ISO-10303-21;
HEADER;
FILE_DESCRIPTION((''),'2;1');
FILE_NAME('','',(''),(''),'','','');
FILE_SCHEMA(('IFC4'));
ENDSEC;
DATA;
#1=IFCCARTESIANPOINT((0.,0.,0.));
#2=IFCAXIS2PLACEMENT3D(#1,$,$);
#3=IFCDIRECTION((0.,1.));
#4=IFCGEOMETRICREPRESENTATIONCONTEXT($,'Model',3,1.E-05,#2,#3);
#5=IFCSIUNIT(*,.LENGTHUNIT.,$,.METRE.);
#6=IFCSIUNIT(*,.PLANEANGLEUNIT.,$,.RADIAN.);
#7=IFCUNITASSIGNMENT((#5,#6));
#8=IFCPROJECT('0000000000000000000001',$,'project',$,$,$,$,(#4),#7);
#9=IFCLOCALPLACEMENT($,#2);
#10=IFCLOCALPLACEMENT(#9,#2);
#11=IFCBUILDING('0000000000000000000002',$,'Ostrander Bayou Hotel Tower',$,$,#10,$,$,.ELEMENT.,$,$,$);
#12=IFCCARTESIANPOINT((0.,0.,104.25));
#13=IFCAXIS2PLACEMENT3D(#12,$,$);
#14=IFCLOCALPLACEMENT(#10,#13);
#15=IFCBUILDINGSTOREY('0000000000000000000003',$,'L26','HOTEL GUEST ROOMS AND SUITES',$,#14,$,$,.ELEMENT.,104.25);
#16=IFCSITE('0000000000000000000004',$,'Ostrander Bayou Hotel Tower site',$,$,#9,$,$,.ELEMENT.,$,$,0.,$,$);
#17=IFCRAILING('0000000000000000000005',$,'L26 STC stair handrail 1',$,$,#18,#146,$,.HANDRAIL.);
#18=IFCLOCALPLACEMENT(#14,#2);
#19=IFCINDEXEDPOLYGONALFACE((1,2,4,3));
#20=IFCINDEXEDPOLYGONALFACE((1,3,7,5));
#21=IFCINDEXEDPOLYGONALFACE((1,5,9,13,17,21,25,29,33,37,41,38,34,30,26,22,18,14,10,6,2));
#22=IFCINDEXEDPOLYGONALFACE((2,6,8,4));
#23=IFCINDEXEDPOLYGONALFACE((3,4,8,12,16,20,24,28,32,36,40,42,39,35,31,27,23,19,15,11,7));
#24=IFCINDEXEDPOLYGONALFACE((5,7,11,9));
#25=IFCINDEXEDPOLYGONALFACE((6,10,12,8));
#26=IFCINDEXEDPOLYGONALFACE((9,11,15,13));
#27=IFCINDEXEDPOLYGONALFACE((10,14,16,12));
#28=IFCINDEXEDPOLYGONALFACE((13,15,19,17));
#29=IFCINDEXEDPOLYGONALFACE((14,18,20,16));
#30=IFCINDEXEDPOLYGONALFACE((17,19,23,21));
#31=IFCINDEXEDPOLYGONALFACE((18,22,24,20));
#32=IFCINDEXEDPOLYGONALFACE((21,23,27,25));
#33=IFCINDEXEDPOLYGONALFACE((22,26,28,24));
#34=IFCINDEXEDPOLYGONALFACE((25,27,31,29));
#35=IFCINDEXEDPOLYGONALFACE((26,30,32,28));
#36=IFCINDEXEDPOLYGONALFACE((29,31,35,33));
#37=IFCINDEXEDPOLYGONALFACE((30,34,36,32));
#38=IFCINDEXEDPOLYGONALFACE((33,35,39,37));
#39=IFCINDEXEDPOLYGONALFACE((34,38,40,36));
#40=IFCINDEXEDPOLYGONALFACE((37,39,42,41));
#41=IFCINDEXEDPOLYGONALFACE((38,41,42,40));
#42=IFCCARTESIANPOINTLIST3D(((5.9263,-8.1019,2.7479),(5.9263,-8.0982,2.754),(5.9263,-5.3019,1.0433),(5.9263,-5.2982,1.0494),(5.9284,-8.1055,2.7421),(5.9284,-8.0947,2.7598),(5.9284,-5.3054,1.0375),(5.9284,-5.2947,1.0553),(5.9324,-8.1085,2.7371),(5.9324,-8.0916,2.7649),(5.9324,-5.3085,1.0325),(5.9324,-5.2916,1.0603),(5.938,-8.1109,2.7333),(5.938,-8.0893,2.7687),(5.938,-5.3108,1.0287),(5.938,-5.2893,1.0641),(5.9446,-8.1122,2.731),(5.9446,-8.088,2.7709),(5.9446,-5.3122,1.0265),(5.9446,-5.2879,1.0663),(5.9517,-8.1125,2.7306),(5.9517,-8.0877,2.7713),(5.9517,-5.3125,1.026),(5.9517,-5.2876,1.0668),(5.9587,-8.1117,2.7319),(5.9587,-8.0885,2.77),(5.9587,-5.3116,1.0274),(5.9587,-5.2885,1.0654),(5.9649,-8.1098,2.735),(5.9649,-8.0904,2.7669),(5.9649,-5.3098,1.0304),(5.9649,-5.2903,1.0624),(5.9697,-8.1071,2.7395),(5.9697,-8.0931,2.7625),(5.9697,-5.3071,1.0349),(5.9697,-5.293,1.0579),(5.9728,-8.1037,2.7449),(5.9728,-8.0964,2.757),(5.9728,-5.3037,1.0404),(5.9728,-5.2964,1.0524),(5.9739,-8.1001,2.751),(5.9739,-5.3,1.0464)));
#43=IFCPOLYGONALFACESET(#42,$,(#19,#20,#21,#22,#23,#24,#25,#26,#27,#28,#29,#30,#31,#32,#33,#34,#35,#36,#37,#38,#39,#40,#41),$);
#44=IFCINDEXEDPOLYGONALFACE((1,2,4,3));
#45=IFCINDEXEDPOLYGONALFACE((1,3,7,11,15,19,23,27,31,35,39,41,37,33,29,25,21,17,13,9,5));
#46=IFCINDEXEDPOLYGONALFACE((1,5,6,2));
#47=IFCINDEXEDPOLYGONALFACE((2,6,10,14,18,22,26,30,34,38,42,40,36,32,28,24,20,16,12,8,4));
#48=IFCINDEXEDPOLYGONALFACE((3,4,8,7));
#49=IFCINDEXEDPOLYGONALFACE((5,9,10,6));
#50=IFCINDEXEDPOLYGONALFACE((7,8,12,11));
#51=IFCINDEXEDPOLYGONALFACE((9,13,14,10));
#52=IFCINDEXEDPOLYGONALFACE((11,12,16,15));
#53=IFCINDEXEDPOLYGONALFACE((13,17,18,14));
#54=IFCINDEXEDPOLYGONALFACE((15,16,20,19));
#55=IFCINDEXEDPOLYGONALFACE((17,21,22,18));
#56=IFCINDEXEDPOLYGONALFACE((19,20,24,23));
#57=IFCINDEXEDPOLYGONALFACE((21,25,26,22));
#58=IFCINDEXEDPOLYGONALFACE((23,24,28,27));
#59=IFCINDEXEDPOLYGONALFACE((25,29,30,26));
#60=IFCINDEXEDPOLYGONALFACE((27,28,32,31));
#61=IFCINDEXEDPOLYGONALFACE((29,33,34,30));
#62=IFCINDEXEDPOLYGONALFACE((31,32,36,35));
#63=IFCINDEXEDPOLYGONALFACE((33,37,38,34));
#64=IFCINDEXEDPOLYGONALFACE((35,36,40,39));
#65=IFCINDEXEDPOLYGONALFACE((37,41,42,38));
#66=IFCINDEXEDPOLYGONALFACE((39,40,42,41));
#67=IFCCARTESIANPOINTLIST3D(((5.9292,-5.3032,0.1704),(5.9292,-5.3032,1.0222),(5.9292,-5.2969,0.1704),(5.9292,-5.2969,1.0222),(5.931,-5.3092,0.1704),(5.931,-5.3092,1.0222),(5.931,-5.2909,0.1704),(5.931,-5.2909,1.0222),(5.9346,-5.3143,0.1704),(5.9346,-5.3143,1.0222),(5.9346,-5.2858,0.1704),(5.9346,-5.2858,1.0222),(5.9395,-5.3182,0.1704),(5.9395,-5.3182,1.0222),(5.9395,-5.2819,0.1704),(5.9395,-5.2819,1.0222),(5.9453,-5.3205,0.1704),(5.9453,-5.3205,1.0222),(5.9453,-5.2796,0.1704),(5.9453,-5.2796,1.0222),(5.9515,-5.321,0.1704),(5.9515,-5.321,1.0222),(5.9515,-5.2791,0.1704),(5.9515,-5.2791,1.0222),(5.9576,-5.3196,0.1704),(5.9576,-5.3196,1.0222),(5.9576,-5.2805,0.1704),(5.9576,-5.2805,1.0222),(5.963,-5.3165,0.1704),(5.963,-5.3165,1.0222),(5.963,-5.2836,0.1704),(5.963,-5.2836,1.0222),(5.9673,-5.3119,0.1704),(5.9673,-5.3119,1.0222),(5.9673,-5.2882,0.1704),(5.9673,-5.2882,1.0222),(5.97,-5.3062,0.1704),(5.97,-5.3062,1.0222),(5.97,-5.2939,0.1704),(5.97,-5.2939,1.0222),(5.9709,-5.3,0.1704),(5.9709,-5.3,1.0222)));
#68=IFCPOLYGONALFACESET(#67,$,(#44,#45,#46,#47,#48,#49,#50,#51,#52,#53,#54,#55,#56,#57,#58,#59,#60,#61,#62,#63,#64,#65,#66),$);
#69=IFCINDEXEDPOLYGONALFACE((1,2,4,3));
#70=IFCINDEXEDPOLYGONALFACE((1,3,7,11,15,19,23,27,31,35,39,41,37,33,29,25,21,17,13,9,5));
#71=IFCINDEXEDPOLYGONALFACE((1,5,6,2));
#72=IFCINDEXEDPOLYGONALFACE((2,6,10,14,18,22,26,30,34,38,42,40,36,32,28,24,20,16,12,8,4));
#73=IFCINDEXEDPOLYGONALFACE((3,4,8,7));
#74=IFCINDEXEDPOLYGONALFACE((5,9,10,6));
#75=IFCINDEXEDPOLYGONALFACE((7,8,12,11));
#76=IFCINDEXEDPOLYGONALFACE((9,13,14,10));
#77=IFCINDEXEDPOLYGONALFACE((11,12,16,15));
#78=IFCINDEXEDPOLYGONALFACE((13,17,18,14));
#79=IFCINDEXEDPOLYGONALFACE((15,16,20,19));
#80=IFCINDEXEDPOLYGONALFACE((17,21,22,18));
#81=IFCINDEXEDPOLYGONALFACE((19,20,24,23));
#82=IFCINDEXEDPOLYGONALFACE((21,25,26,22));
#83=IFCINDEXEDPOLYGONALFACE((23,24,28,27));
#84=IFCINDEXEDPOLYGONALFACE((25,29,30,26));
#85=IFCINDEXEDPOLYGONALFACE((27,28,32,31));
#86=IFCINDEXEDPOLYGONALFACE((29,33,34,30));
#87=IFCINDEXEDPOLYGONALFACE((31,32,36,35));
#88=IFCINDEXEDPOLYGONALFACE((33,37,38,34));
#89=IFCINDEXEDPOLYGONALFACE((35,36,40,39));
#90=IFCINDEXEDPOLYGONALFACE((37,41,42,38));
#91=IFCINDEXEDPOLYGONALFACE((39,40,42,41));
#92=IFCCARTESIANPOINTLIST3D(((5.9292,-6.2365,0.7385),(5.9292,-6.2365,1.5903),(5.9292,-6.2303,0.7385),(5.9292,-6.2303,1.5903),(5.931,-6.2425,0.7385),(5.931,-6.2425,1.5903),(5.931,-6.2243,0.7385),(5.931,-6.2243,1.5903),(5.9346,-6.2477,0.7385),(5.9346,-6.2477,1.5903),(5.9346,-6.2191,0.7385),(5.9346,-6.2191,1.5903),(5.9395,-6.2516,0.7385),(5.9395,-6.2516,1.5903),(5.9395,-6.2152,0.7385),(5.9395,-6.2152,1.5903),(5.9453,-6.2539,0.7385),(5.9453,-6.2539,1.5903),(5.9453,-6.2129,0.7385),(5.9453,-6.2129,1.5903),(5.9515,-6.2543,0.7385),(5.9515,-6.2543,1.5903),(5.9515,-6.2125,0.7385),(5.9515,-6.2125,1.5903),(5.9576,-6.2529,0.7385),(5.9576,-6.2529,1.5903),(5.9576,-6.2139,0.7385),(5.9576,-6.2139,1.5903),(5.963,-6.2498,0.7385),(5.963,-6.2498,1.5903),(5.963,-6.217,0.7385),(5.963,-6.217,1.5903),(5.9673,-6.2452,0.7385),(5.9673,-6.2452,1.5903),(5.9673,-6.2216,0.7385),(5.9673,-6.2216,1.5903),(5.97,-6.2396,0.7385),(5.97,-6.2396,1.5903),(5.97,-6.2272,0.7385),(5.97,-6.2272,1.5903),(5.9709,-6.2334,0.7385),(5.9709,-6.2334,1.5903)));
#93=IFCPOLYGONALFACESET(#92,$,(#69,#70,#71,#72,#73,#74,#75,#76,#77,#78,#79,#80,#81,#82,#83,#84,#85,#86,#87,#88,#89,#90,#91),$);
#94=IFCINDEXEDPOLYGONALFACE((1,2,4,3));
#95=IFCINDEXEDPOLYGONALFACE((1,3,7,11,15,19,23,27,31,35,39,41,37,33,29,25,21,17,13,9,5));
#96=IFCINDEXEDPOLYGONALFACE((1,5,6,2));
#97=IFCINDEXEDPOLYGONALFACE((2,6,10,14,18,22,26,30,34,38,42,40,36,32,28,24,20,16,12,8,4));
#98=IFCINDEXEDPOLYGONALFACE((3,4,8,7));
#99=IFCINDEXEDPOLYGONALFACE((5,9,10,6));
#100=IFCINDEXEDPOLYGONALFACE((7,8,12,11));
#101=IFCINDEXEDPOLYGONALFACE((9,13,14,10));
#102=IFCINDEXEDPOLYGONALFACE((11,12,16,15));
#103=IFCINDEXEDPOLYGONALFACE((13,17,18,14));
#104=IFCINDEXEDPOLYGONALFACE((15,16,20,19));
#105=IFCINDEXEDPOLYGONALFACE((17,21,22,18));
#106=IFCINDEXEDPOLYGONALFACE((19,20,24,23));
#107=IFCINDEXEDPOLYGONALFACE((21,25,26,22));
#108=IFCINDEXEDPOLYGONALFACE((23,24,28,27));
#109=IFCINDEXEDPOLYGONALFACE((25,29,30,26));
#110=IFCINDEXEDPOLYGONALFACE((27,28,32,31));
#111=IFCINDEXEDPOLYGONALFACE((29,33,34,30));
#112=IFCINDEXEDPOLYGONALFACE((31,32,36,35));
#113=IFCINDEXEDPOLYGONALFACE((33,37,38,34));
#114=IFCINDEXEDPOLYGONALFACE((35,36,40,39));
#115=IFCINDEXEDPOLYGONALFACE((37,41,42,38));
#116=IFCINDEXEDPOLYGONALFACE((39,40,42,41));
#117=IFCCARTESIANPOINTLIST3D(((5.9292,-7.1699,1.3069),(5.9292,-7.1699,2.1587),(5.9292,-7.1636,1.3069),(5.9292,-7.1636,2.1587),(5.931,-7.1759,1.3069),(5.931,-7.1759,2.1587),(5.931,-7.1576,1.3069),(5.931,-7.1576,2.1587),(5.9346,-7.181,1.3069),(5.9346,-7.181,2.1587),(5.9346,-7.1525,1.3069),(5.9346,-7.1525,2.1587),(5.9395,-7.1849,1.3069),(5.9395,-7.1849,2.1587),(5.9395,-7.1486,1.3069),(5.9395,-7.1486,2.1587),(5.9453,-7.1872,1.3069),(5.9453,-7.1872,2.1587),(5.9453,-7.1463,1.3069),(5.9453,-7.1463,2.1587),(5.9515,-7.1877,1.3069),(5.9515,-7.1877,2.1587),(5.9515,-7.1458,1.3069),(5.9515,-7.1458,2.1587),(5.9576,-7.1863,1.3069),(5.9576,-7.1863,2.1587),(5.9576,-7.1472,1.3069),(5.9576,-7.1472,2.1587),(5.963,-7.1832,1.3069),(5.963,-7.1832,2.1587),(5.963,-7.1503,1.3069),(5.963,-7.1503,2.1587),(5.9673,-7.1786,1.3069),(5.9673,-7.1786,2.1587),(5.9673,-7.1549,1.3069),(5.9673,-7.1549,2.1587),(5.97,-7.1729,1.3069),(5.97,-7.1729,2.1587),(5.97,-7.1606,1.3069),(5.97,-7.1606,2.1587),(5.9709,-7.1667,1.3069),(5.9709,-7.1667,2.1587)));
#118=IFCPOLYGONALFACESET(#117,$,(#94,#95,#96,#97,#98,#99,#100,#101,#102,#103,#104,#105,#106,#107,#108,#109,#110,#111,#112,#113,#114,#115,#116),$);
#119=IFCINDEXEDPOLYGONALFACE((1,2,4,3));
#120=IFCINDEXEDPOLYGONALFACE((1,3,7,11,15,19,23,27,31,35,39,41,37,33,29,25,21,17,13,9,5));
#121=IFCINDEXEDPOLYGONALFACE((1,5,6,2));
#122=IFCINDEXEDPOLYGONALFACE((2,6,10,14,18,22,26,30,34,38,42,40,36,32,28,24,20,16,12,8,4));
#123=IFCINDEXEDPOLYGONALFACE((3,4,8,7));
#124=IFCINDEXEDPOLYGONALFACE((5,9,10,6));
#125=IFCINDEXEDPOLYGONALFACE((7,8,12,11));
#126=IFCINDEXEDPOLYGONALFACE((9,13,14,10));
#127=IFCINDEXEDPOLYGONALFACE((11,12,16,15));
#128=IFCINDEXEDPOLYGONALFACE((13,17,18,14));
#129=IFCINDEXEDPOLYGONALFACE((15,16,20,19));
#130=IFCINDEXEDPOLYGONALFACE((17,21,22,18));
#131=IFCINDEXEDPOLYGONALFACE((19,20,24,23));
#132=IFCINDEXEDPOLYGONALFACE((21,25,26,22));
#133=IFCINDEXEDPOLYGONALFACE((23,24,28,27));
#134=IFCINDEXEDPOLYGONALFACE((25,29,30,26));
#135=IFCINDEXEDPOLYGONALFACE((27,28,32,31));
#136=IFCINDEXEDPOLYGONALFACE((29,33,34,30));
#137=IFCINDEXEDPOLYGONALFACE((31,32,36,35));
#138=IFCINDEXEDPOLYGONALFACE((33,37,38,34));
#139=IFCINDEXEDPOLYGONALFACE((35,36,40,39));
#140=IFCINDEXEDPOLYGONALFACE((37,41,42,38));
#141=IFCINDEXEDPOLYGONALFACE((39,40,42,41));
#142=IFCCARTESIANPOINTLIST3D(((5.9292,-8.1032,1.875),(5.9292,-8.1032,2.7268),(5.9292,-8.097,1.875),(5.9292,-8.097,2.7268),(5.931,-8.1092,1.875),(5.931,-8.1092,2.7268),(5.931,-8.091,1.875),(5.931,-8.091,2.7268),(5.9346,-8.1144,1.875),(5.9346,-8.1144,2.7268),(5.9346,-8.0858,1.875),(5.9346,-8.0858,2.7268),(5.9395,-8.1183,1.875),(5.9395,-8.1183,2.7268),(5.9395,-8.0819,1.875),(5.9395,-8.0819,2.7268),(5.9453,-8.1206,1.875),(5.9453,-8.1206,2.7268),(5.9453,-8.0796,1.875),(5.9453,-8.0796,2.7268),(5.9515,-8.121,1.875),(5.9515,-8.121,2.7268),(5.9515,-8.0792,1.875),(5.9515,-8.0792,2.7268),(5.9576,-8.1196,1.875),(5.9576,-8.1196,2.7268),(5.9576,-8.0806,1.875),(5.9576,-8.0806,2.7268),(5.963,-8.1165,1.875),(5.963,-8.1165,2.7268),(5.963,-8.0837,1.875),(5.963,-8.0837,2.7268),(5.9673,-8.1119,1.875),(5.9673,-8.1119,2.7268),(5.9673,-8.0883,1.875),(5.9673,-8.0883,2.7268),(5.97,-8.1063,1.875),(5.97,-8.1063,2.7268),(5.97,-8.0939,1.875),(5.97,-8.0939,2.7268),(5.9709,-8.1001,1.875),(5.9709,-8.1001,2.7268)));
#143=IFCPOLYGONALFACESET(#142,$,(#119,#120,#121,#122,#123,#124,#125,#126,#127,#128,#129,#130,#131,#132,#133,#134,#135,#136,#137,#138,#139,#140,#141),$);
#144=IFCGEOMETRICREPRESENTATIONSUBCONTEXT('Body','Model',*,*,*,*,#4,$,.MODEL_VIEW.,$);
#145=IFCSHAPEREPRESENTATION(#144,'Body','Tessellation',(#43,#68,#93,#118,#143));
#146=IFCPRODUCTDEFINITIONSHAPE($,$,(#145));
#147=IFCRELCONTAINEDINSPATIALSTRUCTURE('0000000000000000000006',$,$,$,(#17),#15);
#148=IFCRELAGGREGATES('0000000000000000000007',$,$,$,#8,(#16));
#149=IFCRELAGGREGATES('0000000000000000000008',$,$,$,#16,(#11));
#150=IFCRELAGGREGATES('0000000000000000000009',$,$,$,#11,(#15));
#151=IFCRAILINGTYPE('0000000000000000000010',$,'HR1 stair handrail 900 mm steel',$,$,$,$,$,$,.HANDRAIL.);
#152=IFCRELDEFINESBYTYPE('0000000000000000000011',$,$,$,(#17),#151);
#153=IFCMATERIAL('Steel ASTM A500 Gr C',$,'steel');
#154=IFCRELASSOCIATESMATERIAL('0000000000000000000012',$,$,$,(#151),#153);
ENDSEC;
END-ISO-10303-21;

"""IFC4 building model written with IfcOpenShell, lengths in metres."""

from ifc_helpers import new_model, si_unit, direction, frame, origin, origin_2d, place, context, subcontext, project, spatial, circle, extrude, material, type_object, element, save


model = new_model("IFC4")

# Units and contexts
model_context = context("Model", 3, precision=1e-05, world=origin(), true_north=direction((0.0, 1.0)))
body_context = subcontext(model_context, "Body", "Model", "MODEL_VIEW")
ifc_project = project(units=[si_unit("LENGTHUNIT", "METRE"), si_unit("PLANEANGLEUNIT", "RADIAN")], contexts=[model_context])

# Site, building, storey
site_placement = place(None, origin())
site = spatial("IfcSite", under=ifc_project, at=site_placement, Name="Ostrander Bayou Hotel Tower site", CompositionType="ELEMENT", RefElevation=0.0)
building_placement = place(site_placement, origin())
building = spatial("IfcBuilding", under=site, at=building_placement, Name="Ostrander Bayou Hotel Tower", CompositionType="ELEMENT")
storey_placement = place(building_placement, frame((0.0, 0.0, 104.25)))
storey = spatial("IfcBuildingStorey", under=building, at=storey_placement, Name="L26", Description="HOTEL GUEST ROOMS AND SUITES", CompositionType="ELEMENT", Elevation=104.25)

# Railing
ifc_material_1 = material(Name="Steel ASTM A500 Gr C", Category="steel")
railing_type_1 = type_object("IfcRailingType", Name="HR1 stair handrail 900 mm steel", PredefinedType="HANDRAIL", material=ifc_material_1)
railing_1_placement = place(storey_placement, frame((5.95, -5.3, 0.1704)))
element("IfcRailing", 1, at=railing_1_placement, inside=storey, type_object=railing_type_1, Name="L26 STC stair handrail 1", PredefinedType="HANDRAIL", context=body_context, shape_type="SweptSolid", body=[
    extrude(circle(Radius=0.0239, at=origin_2d()), frame((0.0, 0.0, 0.876), z_axis=(0.0, -0.85417, 0.519994), x_axis=(1.0, 0.0, 0.0)), (0.0, 0.0, 1.0), 3.2781),
    extrude(circle(Radius=0.021, at=origin_2d()), origin(), (0.0, 0.0, 1.0), 0.8518),
    extrude(circle(Radius=0.021, at=origin_2d()), frame((0.0, -0.9333, 0.5681)), (0.0, 0.0, 1.0), 0.8518),
    extrude(circle(Radius=0.021, at=origin_2d()), frame((0.0, -1.8667, 1.1365)), (0.0, 0.0, 1.0), 0.8518),
    extrude(circle(Radius=0.021, at=origin_2d()), frame((0.0, -2.8, 1.7046)), (0.0, 0.0, 1.0), 0.8518),
])

save(model, "model.ifc")
